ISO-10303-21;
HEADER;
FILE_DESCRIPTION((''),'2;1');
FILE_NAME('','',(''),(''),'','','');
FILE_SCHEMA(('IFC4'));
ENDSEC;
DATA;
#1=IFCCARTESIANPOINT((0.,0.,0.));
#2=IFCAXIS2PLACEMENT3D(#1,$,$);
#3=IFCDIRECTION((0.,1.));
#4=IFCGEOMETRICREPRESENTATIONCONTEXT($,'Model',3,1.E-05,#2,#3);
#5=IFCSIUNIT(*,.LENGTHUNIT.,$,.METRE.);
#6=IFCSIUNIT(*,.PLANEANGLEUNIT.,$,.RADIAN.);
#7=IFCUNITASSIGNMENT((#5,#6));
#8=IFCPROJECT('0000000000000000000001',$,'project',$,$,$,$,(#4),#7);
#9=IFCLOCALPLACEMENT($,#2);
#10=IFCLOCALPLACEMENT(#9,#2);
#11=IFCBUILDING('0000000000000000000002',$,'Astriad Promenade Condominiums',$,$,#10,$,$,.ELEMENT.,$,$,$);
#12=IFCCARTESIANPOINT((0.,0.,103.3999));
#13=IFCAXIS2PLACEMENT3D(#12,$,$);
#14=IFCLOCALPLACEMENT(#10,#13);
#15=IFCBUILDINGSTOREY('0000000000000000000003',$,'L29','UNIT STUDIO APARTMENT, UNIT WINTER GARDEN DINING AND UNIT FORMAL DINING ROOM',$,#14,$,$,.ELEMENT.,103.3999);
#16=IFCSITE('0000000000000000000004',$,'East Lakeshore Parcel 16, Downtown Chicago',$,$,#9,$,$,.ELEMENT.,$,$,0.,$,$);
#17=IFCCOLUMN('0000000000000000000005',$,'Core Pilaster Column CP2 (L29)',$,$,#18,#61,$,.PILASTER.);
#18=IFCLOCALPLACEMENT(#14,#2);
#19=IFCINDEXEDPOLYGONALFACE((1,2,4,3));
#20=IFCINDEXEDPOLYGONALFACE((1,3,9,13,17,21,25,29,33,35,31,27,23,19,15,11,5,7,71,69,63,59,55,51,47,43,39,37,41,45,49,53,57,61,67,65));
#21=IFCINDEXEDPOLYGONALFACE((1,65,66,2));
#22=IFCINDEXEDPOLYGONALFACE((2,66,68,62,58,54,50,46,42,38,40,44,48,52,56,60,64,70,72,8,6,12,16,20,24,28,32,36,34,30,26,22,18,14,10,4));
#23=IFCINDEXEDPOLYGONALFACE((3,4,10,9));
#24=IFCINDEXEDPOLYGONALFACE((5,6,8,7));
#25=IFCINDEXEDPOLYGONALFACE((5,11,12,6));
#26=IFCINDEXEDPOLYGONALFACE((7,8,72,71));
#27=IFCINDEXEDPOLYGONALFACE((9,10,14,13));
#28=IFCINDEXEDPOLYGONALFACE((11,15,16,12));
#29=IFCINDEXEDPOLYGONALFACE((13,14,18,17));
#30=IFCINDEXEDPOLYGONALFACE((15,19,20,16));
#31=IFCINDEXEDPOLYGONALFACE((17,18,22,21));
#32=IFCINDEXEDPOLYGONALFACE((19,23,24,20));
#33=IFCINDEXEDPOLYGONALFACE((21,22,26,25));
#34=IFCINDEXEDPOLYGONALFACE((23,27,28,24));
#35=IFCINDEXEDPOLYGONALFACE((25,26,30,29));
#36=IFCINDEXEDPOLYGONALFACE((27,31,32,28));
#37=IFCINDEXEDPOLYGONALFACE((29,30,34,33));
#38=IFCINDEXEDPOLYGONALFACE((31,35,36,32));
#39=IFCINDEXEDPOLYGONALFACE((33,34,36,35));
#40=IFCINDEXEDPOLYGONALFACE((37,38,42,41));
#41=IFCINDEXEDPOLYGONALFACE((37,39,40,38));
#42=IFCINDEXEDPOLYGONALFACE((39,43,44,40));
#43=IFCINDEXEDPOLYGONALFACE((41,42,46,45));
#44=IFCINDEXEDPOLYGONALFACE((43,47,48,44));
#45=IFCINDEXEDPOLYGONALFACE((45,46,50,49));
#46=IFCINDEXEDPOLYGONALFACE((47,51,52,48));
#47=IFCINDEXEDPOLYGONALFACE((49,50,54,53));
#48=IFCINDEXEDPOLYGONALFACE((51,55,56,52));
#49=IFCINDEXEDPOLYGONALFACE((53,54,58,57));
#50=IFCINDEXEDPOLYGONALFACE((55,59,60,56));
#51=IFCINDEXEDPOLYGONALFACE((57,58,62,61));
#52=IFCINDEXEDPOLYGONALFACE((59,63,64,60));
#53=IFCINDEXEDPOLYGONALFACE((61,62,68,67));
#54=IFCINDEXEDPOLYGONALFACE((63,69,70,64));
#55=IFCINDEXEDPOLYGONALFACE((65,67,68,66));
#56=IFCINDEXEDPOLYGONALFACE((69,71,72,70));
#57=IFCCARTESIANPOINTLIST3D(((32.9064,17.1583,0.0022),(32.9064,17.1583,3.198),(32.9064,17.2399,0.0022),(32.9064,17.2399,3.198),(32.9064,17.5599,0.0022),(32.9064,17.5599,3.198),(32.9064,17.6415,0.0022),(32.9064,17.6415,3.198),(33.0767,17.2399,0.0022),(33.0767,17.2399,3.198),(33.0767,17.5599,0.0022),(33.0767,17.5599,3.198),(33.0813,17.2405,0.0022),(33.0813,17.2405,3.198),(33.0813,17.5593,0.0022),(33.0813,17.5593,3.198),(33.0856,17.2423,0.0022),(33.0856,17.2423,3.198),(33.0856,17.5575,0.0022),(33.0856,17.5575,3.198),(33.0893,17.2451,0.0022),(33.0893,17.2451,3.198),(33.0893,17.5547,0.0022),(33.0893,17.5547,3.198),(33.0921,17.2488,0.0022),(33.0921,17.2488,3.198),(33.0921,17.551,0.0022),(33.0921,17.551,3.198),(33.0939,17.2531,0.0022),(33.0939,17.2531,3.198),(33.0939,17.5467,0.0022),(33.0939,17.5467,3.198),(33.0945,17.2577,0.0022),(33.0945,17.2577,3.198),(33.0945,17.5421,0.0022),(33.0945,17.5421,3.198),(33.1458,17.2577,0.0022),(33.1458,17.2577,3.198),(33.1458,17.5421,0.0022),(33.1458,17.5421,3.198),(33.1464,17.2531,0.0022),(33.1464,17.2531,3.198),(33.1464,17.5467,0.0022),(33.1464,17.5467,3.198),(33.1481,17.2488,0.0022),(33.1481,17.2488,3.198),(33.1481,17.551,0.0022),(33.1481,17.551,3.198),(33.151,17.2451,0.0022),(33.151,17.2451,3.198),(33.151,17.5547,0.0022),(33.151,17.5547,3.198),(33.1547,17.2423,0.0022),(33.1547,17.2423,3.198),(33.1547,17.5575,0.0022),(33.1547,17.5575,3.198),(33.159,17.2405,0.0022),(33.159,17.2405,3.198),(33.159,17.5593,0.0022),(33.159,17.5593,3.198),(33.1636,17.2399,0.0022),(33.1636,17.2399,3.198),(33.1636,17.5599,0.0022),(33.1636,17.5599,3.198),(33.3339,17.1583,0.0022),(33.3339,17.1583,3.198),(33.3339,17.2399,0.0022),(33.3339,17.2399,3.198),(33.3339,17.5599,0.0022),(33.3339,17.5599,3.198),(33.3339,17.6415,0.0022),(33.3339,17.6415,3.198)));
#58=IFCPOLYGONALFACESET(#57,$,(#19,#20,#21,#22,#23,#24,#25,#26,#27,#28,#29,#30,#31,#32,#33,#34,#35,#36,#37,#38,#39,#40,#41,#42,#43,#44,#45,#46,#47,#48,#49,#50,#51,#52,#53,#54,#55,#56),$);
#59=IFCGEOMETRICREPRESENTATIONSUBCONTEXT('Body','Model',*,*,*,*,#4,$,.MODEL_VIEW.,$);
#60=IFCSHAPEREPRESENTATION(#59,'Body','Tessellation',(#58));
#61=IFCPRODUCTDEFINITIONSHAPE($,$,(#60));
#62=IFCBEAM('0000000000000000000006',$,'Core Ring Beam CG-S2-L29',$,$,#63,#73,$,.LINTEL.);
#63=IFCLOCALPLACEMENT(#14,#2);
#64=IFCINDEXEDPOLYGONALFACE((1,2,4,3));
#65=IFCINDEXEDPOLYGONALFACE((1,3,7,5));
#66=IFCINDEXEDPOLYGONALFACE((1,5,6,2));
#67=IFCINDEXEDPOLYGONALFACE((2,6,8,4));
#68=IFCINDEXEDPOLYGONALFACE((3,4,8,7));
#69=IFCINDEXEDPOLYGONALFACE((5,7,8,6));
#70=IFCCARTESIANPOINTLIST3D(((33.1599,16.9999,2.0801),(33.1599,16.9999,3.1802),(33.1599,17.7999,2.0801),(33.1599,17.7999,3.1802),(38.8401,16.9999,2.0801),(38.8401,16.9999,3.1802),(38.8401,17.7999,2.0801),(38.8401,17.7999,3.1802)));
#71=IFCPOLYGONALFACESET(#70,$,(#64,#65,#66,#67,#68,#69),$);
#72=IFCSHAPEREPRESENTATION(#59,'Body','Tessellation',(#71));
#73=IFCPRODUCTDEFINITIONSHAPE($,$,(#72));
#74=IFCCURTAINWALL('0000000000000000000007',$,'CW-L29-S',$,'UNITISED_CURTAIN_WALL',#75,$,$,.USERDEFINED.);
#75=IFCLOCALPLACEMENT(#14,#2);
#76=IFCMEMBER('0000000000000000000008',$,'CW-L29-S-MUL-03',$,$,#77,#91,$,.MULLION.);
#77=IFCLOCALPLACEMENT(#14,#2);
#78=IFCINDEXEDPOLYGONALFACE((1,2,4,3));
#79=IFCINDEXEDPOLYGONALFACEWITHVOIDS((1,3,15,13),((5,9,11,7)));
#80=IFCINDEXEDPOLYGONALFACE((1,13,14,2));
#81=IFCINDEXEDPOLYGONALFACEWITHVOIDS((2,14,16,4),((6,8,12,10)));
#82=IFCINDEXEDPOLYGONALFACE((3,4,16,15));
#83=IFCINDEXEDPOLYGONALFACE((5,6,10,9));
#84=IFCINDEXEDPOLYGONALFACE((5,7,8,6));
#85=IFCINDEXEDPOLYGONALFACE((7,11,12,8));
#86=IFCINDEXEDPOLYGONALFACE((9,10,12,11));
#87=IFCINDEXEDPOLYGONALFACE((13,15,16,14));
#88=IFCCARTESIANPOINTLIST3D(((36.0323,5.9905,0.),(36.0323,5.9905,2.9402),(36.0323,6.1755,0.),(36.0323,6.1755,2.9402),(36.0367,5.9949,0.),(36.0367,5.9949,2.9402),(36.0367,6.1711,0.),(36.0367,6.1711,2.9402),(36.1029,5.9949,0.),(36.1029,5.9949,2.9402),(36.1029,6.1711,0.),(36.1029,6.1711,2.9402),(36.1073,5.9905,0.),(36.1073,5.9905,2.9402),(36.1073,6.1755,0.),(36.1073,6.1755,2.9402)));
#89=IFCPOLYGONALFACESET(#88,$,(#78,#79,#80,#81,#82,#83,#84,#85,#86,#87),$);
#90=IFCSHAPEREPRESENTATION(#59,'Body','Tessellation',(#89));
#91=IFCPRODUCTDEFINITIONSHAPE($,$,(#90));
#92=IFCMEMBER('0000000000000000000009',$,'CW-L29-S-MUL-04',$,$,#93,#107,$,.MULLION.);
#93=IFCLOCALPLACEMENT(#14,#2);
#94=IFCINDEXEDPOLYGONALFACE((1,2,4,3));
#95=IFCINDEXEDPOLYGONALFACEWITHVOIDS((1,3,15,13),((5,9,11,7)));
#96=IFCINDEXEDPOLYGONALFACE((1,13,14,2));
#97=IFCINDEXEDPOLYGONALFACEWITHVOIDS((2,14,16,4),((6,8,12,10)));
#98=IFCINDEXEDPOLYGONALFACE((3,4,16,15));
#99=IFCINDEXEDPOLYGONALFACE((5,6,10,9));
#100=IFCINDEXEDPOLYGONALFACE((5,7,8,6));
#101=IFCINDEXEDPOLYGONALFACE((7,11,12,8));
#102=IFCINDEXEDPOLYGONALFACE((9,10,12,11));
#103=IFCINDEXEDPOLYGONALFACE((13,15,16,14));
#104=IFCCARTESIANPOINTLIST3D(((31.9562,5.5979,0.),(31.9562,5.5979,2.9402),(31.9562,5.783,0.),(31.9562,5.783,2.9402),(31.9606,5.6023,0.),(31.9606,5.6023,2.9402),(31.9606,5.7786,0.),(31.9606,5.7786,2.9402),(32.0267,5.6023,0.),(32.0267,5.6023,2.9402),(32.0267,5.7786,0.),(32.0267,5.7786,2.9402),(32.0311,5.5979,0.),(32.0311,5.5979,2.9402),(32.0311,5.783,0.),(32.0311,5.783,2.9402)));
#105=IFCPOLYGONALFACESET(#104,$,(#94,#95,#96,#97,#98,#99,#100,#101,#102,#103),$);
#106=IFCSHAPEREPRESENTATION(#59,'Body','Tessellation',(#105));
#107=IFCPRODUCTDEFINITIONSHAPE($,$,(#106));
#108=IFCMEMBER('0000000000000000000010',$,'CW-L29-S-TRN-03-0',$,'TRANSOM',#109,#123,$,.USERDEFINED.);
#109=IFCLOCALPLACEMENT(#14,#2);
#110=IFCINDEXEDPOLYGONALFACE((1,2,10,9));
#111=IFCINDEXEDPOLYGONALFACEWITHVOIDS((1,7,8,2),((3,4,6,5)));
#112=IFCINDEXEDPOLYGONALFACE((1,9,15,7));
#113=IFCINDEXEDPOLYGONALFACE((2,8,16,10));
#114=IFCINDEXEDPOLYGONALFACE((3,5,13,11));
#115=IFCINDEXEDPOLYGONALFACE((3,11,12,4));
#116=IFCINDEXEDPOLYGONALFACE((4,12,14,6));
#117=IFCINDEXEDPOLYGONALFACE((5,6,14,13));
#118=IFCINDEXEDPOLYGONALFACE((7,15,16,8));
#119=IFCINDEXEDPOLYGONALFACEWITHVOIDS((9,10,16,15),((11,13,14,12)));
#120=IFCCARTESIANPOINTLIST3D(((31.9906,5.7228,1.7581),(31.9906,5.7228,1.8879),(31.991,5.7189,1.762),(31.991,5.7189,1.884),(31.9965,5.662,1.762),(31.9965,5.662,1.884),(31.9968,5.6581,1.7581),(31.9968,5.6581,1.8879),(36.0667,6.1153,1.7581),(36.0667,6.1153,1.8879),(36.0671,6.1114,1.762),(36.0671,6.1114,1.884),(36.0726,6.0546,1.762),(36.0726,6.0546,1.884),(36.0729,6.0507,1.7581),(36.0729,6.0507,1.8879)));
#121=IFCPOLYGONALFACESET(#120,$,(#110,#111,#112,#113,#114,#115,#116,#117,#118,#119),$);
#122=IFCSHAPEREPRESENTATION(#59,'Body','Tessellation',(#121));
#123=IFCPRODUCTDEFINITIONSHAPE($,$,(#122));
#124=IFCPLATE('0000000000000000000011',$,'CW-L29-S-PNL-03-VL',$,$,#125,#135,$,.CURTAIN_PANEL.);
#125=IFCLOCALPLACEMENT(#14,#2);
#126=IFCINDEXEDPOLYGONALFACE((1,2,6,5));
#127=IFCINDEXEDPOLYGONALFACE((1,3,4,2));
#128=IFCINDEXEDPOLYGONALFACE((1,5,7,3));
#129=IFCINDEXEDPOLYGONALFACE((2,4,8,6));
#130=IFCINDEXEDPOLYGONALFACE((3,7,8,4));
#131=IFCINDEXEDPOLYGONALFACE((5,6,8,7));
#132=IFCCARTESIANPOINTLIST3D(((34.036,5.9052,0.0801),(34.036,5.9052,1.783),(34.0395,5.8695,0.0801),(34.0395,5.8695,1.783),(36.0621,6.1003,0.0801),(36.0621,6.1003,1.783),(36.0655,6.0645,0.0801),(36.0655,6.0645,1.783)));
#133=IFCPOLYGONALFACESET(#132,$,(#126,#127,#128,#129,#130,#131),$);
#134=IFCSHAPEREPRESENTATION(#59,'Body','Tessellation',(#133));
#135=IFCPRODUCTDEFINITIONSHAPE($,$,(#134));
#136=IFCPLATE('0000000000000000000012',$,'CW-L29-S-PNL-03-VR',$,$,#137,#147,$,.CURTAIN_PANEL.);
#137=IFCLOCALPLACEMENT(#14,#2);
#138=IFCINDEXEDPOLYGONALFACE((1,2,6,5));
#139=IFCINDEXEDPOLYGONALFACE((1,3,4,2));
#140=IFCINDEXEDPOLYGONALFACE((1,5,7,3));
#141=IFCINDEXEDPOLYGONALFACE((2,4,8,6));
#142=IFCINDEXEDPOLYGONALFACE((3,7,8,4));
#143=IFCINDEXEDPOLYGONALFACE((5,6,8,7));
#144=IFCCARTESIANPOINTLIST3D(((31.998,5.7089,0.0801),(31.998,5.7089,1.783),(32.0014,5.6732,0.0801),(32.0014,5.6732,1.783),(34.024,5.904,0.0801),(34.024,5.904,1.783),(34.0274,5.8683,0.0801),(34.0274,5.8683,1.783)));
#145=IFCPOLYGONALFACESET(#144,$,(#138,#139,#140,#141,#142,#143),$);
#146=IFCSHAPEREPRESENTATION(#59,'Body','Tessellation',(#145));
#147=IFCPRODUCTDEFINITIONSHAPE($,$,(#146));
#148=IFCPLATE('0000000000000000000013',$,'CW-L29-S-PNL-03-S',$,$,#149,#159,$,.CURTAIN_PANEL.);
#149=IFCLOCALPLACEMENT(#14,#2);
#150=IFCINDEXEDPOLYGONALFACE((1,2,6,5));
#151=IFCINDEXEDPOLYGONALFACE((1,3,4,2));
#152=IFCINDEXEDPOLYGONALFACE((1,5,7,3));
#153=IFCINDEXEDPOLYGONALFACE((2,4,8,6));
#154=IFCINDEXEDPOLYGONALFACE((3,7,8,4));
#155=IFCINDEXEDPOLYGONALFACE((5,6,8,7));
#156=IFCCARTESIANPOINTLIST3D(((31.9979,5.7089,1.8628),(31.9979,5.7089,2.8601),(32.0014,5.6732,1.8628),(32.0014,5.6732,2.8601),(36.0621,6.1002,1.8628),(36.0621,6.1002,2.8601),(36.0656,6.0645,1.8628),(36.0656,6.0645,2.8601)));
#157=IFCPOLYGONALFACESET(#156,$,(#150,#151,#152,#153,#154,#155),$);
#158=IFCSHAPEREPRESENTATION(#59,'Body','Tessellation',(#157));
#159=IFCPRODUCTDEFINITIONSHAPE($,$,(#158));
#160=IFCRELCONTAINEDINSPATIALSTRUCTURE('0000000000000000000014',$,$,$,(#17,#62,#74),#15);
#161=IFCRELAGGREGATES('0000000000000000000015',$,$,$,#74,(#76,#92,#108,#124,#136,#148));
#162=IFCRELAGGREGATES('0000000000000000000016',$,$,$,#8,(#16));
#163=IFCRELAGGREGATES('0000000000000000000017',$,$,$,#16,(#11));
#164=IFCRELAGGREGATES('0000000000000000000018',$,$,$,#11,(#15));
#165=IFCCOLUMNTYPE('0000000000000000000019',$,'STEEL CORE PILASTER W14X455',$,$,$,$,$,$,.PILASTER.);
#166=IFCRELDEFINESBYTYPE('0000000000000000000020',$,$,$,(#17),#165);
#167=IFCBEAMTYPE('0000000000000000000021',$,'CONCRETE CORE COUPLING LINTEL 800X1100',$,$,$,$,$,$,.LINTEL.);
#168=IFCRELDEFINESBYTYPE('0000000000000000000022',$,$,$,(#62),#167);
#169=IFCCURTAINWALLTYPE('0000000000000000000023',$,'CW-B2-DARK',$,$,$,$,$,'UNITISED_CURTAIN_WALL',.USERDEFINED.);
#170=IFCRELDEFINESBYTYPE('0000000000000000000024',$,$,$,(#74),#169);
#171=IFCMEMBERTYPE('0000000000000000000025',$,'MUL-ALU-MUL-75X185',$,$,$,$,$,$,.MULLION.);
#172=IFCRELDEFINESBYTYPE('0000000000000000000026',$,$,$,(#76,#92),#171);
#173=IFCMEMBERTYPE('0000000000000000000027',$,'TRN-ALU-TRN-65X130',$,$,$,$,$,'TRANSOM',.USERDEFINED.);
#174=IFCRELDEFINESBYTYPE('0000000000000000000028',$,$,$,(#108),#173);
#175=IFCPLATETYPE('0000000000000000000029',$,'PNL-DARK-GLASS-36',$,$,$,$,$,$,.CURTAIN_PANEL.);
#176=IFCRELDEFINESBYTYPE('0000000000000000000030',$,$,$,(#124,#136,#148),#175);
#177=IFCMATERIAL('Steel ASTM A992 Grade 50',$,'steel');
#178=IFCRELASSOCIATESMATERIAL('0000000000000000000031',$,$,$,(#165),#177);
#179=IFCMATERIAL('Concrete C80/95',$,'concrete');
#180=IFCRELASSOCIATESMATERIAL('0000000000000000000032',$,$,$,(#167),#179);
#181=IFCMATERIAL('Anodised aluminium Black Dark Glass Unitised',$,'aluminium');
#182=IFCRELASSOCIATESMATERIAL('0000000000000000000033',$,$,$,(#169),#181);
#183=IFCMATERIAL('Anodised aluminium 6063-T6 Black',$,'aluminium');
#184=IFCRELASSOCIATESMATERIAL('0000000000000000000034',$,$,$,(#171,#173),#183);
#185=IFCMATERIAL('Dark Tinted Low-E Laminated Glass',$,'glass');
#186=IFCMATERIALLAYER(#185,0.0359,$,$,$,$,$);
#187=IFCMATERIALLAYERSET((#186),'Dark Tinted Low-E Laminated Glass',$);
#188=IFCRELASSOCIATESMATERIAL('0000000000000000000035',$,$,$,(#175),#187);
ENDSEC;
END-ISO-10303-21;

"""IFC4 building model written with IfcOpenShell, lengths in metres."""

from ifc_helpers import new_model, si_unit, direction, frame, origin, origin_2d, place, context, subcontext, project, spatial, rectangle, hollow_rectangle, i_section, extrude, source, transform, mapped, material, layer, layer_set, material_profile, profile_set, type_object, type_shapes, element, aggregate, save


model = new_model("IFC4")

# Units and contexts
model_context = context("Model", 3, precision=1e-05, world=origin(), true_north=direction((0.0, 1.0)))
body_context = subcontext(model_context, "Body", "Model", "MODEL_VIEW")
ifc_project = project(units=[si_unit("LENGTHUNIT", "METRE"), si_unit("PLANEANGLEUNIT", "RADIAN")], contexts=[model_context])

# Site, building, storey
site_placement = place(None, origin())
site = spatial("IfcSite", under=ifc_project, at=site_placement, Name="East Lakeshore Parcel 16, Downtown Chicago", CompositionType="ELEMENT", RefElevation=0.0)
building_placement = place(site_placement, origin())
building = spatial("IfcBuilding", under=site, at=building_placement, Name="Astriad Promenade Condominiums", CompositionType="ELEMENT")
storey_placement = place(building_placement, frame((0.0, 0.0, 103.3999)))
storey = spatial("IfcBuildingStorey", under=building, at=storey_placement, Name="L29", Description="UNIT STUDIO APARTMENT, UNIT WINTER GARDEN DINING AND UNIT FORMAL DINING ROOM", CompositionType="ELEMENT", Elevation=103.3999)

# Column
ifc_material_1 = material(Name="Steel ASTM A992 Grade 50", Category="steel")
ifc_material_profile_1 = material_profile(ifc_material_1, i_section(OverallWidth=0.4275, OverallDepth=0.4832, WebThickness=0.0513, FlangeThickness=0.0815, FilletRadius=0.0178, at=origin_2d()), Name="W14X455")
ifc_profile_set_1 = profile_set([ifc_material_profile_1], Name="Steel ASTM A992 Grade 50")
column_type = type_object("IfcColumnType", Name="STEEL CORE PILASTER W14X455", PredefinedType="PILASTER", material=ifc_profile_set_1)
shared_shape_1 = source(origin(), body_context, "Body", "SweptSolid", [
    extrude(i_section(OverallWidth=0.4275, OverallDepth=0.4832, WebThickness=0.0513, FlangeThickness=0.0815, FilletRadius=0.0178, at=origin_2d()), origin(), (0.0, 0.0, 1.0), 3.1958),
])
type_shapes(column_type, [shared_shape_1])
column_placement = place(storey_placement, frame((33.1201, 17.3999, 0.0022), z_axis=(0.0, 0.0, 1.0), x_axis=(1.0, 0.0, 0.0)))
element("IfcColumn", 1, at=column_placement, inside=storey, type_object=column_type, Name="Core Pilaster Column CP2 (L29)", PredefinedType="PILASTER", context=body_context, shape_type="MappedRepresentation", body=[
    mapped(shared_shape_1, transform((0.0, 0.0, 0.0), scale=1.0)),
])

# Beam
ifc_material_2 = material(Name="Concrete C80/95", Category="concrete")
ifc_material_profile_2 = material_profile(ifc_material_2, rectangle(XDim=0.8, YDim=1.1001, at=origin_2d()), Name="RC-BM-800X1100")
ifc_profile_set_2 = profile_set([ifc_material_profile_2], Name="Concrete C80/95")
beam_type = type_object("IfcBeamType", Name="CONCRETE CORE COUPLING LINTEL 800X1100", PredefinedType="LINTEL", material=ifc_profile_set_2)
shared_shape_2 = source(origin(), body_context, "Body", "SweptSolid", [
    extrude(rectangle(XDim=0.8, YDim=1.1001, at=origin_2d()), origin(), (0.0, 0.0, 1.0), 5.6802),
])
type_shapes(beam_type, [shared_shape_2])
beam_placement = place(storey_placement, frame((33.1599, 17.3999, 2.6301), z_axis=(1.0, 0.0, 0.0), x_axis=(0.0, 1.0, 0.0)))
element("IfcBeam", 2, at=beam_placement, inside=storey, type_object=beam_type, Name="Core Ring Beam CG-S2-L29", PredefinedType="LINTEL", context=body_context, shape_type="MappedRepresentation", body=[
    mapped(shared_shape_2, transform((0.0, 0.0, 0.0), scale=1.0)),
])

# Curtain wall, members, plates
ifc_material_3 = material(Name="Anodised aluminium Black Dark Glass Unitised", Category="aluminium")
curtain_wall_type = type_object("IfcCurtainWallType", Name="CW-B2-DARK", ElementType="UNITISED_CURTAIN_WALL", PredefinedType="USERDEFINED", material=ifc_material_3)
curtain_wall_placement = place(storey_placement, origin())
curtain_wall = element("IfcCurtainWall", 3, at=curtain_wall_placement, inside=storey, type_object=curtain_wall_type, Name="CW-L29-S", ObjectType="UNITISED_CURTAIN_WALL", PredefinedType="USERDEFINED")
ifc_material_4 = material(Name="Anodised aluminium 6063-T6 Black", Category="aluminium")
ifc_material_profile_3 = material_profile(ifc_material_4, hollow_rectangle(XDim=0.075, YDim=0.1851, WallThickness=0.0044, at=origin_2d()), Name="ALU-MUL-75X185")
ifc_profile_set_3 = profile_set([ifc_material_profile_3], Name="Anodised aluminium 6063-T6 Black")
member_type_1 = type_object("IfcMemberType", Name="MUL-ALU-MUL-75X185", PredefinedType="MULLION", material=ifc_profile_set_3)
shared_shape_3 = source(origin(), body_context, "Body", "SweptSolid", [
    extrude(hollow_rectangle(XDim=0.075, YDim=0.1851, WallThickness=0.0044, at=origin_2d()), origin(), (0.0, 0.0, 1.0), 2.9402),
])
type_shapes(member_type_1, [shared_shape_3])
member_1_placement = place(storey_placement, frame((36.0698, 6.083, 0.0), z_axis=(0.0, 0.0, 1.0), x_axis=(1.0, 0.0, 0.0)))
member_1 = element("IfcMember", 4, at=member_1_placement, type_object=member_type_1, Name="CW-L29-S-MUL-03", PredefinedType="MULLION", context=body_context, shape_type="MappedRepresentation", body=[
    mapped(shared_shape_3, transform((0.0, 0.0, 0.0), scale=1.0)),
])
member_2_placement = place(storey_placement, frame((31.9937, 5.6904, 0.0), z_axis=(0.0, 0.0, 1.0), x_axis=(1.0, 0.0, 0.0)))
member_2 = element("IfcMember", 5, at=member_2_placement, type_object=member_type_1, Name="CW-L29-S-MUL-04", PredefinedType="MULLION", context=body_context, shape_type="MappedRepresentation", body=[
    mapped(shared_shape_3, transform((0.0, 0.0, 0.0), scale=1.0)),
])
ifc_material_profile_4 = material_profile(ifc_material_4, hollow_rectangle(XDim=0.0649, YDim=0.1299, WallThickness=0.0039, at=origin_2d()), Name="ALU-TRN-65X130")
ifc_profile_set_4 = profile_set([ifc_material_profile_4], Name="Anodised aluminium 6063-T6 Black")
member_type_2 = type_object("IfcMemberType", Name="TRN-ALU-TRN-65X130", ElementType="TRANSOM", PredefinedType="USERDEFINED", material=ifc_profile_set_4)
shared_shape_4 = source(origin(), body_context, "Body", "SweptSolid", [
    extrude(hollow_rectangle(XDim=0.0649, YDim=0.1299, WallThickness=0.0039, at=origin_2d()), origin(), (0.0, 0.0, 1.0), 4.095),
])
type_shapes(member_type_2, [shared_shape_4])
member_3_placement = place(storey_placement, frame((36.0698, 6.083, 1.823), z_axis=(-0.995394, -0.095867, 0.0), x_axis=(0.095867, -0.995394, 0.0)))
member_3 = element("IfcMember", 6, at=member_3_placement, type_object=member_type_2, Name="CW-L29-S-TRN-03-0", ObjectType="TRANSOM", PredefinedType="USERDEFINED", context=body_context, shape_type="MappedRepresentation", body=[
    mapped(shared_shape_4, transform((0.0, 0.0, 0.0), scale=1.0)),
])
ifc_material_5 = material(Name="Dark Tinted Low-E Laminated Glass", Category="glass")
ifc_layer_1 = layer(ifc_material_5, 0.0359)
ifc_layer_set_1 = layer_set([ifc_layer_1], Name="Dark Tinted Low-E Laminated Glass")
plate_type = type_object("IfcPlateType", Name="PNL-DARK-GLASS-36", PredefinedType="CURTAIN_PANEL", material=ifc_layer_set_1)
shared_shape_5 = source(origin(), body_context, "Body", "SweptSolid", [
    extrude(rectangle(XDim=2.0354, YDim=0.0359, at=origin_2d()), origin(), (0.0, 0.0, 1.0), 1.7029),
])
plate_1_placement = place(storey_placement, frame((35.0508, 5.9849, 0.0801), z_axis=(0.0, 0.0, 1.0), x_axis=(-0.995396, -0.095846, 0.0)))
plate_1 = element("IfcPlate", 7, at=plate_1_placement, type_object=plate_type, Name="CW-L29-S-PNL-03-VL", PredefinedType="CURTAIN_PANEL", context=body_context, shape_type="MappedRepresentation", body=[
    mapped(shared_shape_5, transform((0.0, 0.0, 0.0), scale=1.0)),
])
plate_2_placement = place(storey_placement, frame((33.0127, 5.7886, 0.0801), z_axis=(0.0, 0.0, 1.0), x_axis=(-0.995396, -0.095846, 0.0)))
plate_2 = element("IfcPlate", 8, at=plate_2_placement, type_object=plate_type, Name="CW-L29-S-PNL-03-VR", PredefinedType="CURTAIN_PANEL", context=body_context, shape_type="MappedRepresentation", body=[
    mapped(shared_shape_5, transform((0.0, 0.0, 0.0), scale=1.0)),
])
shared_shape_6 = source(origin(), body_context, "Body", "SweptSolid", [
    extrude(rectangle(XDim=4.083, YDim=0.0359, at=origin_2d()), origin(), (0.0, 0.0, 1.0), 0.9973),
])
type_shapes(plate_type, [shared_shape_5, shared_shape_6])
plate_3_placement = place(storey_placement, frame((34.0317, 5.8867, 1.8628), z_axis=(0.0, 0.0, 1.0), x_axis=(-0.995396, -0.095846, 0.0)))
plate_3 = element("IfcPlate", 9, at=plate_3_placement, type_object=plate_type, Name="CW-L29-S-PNL-03-S", PredefinedType="CURTAIN_PANEL", context=body_context, shape_type="MappedRepresentation", body=[
    mapped(shared_shape_6, transform((0.0, 0.0, 0.0), scale=1.0)),
])
aggregate(curtain_wall, [member_1, member_2, member_3, plate_1, plate_2, plate_3])

save(model, "model.ifc")
